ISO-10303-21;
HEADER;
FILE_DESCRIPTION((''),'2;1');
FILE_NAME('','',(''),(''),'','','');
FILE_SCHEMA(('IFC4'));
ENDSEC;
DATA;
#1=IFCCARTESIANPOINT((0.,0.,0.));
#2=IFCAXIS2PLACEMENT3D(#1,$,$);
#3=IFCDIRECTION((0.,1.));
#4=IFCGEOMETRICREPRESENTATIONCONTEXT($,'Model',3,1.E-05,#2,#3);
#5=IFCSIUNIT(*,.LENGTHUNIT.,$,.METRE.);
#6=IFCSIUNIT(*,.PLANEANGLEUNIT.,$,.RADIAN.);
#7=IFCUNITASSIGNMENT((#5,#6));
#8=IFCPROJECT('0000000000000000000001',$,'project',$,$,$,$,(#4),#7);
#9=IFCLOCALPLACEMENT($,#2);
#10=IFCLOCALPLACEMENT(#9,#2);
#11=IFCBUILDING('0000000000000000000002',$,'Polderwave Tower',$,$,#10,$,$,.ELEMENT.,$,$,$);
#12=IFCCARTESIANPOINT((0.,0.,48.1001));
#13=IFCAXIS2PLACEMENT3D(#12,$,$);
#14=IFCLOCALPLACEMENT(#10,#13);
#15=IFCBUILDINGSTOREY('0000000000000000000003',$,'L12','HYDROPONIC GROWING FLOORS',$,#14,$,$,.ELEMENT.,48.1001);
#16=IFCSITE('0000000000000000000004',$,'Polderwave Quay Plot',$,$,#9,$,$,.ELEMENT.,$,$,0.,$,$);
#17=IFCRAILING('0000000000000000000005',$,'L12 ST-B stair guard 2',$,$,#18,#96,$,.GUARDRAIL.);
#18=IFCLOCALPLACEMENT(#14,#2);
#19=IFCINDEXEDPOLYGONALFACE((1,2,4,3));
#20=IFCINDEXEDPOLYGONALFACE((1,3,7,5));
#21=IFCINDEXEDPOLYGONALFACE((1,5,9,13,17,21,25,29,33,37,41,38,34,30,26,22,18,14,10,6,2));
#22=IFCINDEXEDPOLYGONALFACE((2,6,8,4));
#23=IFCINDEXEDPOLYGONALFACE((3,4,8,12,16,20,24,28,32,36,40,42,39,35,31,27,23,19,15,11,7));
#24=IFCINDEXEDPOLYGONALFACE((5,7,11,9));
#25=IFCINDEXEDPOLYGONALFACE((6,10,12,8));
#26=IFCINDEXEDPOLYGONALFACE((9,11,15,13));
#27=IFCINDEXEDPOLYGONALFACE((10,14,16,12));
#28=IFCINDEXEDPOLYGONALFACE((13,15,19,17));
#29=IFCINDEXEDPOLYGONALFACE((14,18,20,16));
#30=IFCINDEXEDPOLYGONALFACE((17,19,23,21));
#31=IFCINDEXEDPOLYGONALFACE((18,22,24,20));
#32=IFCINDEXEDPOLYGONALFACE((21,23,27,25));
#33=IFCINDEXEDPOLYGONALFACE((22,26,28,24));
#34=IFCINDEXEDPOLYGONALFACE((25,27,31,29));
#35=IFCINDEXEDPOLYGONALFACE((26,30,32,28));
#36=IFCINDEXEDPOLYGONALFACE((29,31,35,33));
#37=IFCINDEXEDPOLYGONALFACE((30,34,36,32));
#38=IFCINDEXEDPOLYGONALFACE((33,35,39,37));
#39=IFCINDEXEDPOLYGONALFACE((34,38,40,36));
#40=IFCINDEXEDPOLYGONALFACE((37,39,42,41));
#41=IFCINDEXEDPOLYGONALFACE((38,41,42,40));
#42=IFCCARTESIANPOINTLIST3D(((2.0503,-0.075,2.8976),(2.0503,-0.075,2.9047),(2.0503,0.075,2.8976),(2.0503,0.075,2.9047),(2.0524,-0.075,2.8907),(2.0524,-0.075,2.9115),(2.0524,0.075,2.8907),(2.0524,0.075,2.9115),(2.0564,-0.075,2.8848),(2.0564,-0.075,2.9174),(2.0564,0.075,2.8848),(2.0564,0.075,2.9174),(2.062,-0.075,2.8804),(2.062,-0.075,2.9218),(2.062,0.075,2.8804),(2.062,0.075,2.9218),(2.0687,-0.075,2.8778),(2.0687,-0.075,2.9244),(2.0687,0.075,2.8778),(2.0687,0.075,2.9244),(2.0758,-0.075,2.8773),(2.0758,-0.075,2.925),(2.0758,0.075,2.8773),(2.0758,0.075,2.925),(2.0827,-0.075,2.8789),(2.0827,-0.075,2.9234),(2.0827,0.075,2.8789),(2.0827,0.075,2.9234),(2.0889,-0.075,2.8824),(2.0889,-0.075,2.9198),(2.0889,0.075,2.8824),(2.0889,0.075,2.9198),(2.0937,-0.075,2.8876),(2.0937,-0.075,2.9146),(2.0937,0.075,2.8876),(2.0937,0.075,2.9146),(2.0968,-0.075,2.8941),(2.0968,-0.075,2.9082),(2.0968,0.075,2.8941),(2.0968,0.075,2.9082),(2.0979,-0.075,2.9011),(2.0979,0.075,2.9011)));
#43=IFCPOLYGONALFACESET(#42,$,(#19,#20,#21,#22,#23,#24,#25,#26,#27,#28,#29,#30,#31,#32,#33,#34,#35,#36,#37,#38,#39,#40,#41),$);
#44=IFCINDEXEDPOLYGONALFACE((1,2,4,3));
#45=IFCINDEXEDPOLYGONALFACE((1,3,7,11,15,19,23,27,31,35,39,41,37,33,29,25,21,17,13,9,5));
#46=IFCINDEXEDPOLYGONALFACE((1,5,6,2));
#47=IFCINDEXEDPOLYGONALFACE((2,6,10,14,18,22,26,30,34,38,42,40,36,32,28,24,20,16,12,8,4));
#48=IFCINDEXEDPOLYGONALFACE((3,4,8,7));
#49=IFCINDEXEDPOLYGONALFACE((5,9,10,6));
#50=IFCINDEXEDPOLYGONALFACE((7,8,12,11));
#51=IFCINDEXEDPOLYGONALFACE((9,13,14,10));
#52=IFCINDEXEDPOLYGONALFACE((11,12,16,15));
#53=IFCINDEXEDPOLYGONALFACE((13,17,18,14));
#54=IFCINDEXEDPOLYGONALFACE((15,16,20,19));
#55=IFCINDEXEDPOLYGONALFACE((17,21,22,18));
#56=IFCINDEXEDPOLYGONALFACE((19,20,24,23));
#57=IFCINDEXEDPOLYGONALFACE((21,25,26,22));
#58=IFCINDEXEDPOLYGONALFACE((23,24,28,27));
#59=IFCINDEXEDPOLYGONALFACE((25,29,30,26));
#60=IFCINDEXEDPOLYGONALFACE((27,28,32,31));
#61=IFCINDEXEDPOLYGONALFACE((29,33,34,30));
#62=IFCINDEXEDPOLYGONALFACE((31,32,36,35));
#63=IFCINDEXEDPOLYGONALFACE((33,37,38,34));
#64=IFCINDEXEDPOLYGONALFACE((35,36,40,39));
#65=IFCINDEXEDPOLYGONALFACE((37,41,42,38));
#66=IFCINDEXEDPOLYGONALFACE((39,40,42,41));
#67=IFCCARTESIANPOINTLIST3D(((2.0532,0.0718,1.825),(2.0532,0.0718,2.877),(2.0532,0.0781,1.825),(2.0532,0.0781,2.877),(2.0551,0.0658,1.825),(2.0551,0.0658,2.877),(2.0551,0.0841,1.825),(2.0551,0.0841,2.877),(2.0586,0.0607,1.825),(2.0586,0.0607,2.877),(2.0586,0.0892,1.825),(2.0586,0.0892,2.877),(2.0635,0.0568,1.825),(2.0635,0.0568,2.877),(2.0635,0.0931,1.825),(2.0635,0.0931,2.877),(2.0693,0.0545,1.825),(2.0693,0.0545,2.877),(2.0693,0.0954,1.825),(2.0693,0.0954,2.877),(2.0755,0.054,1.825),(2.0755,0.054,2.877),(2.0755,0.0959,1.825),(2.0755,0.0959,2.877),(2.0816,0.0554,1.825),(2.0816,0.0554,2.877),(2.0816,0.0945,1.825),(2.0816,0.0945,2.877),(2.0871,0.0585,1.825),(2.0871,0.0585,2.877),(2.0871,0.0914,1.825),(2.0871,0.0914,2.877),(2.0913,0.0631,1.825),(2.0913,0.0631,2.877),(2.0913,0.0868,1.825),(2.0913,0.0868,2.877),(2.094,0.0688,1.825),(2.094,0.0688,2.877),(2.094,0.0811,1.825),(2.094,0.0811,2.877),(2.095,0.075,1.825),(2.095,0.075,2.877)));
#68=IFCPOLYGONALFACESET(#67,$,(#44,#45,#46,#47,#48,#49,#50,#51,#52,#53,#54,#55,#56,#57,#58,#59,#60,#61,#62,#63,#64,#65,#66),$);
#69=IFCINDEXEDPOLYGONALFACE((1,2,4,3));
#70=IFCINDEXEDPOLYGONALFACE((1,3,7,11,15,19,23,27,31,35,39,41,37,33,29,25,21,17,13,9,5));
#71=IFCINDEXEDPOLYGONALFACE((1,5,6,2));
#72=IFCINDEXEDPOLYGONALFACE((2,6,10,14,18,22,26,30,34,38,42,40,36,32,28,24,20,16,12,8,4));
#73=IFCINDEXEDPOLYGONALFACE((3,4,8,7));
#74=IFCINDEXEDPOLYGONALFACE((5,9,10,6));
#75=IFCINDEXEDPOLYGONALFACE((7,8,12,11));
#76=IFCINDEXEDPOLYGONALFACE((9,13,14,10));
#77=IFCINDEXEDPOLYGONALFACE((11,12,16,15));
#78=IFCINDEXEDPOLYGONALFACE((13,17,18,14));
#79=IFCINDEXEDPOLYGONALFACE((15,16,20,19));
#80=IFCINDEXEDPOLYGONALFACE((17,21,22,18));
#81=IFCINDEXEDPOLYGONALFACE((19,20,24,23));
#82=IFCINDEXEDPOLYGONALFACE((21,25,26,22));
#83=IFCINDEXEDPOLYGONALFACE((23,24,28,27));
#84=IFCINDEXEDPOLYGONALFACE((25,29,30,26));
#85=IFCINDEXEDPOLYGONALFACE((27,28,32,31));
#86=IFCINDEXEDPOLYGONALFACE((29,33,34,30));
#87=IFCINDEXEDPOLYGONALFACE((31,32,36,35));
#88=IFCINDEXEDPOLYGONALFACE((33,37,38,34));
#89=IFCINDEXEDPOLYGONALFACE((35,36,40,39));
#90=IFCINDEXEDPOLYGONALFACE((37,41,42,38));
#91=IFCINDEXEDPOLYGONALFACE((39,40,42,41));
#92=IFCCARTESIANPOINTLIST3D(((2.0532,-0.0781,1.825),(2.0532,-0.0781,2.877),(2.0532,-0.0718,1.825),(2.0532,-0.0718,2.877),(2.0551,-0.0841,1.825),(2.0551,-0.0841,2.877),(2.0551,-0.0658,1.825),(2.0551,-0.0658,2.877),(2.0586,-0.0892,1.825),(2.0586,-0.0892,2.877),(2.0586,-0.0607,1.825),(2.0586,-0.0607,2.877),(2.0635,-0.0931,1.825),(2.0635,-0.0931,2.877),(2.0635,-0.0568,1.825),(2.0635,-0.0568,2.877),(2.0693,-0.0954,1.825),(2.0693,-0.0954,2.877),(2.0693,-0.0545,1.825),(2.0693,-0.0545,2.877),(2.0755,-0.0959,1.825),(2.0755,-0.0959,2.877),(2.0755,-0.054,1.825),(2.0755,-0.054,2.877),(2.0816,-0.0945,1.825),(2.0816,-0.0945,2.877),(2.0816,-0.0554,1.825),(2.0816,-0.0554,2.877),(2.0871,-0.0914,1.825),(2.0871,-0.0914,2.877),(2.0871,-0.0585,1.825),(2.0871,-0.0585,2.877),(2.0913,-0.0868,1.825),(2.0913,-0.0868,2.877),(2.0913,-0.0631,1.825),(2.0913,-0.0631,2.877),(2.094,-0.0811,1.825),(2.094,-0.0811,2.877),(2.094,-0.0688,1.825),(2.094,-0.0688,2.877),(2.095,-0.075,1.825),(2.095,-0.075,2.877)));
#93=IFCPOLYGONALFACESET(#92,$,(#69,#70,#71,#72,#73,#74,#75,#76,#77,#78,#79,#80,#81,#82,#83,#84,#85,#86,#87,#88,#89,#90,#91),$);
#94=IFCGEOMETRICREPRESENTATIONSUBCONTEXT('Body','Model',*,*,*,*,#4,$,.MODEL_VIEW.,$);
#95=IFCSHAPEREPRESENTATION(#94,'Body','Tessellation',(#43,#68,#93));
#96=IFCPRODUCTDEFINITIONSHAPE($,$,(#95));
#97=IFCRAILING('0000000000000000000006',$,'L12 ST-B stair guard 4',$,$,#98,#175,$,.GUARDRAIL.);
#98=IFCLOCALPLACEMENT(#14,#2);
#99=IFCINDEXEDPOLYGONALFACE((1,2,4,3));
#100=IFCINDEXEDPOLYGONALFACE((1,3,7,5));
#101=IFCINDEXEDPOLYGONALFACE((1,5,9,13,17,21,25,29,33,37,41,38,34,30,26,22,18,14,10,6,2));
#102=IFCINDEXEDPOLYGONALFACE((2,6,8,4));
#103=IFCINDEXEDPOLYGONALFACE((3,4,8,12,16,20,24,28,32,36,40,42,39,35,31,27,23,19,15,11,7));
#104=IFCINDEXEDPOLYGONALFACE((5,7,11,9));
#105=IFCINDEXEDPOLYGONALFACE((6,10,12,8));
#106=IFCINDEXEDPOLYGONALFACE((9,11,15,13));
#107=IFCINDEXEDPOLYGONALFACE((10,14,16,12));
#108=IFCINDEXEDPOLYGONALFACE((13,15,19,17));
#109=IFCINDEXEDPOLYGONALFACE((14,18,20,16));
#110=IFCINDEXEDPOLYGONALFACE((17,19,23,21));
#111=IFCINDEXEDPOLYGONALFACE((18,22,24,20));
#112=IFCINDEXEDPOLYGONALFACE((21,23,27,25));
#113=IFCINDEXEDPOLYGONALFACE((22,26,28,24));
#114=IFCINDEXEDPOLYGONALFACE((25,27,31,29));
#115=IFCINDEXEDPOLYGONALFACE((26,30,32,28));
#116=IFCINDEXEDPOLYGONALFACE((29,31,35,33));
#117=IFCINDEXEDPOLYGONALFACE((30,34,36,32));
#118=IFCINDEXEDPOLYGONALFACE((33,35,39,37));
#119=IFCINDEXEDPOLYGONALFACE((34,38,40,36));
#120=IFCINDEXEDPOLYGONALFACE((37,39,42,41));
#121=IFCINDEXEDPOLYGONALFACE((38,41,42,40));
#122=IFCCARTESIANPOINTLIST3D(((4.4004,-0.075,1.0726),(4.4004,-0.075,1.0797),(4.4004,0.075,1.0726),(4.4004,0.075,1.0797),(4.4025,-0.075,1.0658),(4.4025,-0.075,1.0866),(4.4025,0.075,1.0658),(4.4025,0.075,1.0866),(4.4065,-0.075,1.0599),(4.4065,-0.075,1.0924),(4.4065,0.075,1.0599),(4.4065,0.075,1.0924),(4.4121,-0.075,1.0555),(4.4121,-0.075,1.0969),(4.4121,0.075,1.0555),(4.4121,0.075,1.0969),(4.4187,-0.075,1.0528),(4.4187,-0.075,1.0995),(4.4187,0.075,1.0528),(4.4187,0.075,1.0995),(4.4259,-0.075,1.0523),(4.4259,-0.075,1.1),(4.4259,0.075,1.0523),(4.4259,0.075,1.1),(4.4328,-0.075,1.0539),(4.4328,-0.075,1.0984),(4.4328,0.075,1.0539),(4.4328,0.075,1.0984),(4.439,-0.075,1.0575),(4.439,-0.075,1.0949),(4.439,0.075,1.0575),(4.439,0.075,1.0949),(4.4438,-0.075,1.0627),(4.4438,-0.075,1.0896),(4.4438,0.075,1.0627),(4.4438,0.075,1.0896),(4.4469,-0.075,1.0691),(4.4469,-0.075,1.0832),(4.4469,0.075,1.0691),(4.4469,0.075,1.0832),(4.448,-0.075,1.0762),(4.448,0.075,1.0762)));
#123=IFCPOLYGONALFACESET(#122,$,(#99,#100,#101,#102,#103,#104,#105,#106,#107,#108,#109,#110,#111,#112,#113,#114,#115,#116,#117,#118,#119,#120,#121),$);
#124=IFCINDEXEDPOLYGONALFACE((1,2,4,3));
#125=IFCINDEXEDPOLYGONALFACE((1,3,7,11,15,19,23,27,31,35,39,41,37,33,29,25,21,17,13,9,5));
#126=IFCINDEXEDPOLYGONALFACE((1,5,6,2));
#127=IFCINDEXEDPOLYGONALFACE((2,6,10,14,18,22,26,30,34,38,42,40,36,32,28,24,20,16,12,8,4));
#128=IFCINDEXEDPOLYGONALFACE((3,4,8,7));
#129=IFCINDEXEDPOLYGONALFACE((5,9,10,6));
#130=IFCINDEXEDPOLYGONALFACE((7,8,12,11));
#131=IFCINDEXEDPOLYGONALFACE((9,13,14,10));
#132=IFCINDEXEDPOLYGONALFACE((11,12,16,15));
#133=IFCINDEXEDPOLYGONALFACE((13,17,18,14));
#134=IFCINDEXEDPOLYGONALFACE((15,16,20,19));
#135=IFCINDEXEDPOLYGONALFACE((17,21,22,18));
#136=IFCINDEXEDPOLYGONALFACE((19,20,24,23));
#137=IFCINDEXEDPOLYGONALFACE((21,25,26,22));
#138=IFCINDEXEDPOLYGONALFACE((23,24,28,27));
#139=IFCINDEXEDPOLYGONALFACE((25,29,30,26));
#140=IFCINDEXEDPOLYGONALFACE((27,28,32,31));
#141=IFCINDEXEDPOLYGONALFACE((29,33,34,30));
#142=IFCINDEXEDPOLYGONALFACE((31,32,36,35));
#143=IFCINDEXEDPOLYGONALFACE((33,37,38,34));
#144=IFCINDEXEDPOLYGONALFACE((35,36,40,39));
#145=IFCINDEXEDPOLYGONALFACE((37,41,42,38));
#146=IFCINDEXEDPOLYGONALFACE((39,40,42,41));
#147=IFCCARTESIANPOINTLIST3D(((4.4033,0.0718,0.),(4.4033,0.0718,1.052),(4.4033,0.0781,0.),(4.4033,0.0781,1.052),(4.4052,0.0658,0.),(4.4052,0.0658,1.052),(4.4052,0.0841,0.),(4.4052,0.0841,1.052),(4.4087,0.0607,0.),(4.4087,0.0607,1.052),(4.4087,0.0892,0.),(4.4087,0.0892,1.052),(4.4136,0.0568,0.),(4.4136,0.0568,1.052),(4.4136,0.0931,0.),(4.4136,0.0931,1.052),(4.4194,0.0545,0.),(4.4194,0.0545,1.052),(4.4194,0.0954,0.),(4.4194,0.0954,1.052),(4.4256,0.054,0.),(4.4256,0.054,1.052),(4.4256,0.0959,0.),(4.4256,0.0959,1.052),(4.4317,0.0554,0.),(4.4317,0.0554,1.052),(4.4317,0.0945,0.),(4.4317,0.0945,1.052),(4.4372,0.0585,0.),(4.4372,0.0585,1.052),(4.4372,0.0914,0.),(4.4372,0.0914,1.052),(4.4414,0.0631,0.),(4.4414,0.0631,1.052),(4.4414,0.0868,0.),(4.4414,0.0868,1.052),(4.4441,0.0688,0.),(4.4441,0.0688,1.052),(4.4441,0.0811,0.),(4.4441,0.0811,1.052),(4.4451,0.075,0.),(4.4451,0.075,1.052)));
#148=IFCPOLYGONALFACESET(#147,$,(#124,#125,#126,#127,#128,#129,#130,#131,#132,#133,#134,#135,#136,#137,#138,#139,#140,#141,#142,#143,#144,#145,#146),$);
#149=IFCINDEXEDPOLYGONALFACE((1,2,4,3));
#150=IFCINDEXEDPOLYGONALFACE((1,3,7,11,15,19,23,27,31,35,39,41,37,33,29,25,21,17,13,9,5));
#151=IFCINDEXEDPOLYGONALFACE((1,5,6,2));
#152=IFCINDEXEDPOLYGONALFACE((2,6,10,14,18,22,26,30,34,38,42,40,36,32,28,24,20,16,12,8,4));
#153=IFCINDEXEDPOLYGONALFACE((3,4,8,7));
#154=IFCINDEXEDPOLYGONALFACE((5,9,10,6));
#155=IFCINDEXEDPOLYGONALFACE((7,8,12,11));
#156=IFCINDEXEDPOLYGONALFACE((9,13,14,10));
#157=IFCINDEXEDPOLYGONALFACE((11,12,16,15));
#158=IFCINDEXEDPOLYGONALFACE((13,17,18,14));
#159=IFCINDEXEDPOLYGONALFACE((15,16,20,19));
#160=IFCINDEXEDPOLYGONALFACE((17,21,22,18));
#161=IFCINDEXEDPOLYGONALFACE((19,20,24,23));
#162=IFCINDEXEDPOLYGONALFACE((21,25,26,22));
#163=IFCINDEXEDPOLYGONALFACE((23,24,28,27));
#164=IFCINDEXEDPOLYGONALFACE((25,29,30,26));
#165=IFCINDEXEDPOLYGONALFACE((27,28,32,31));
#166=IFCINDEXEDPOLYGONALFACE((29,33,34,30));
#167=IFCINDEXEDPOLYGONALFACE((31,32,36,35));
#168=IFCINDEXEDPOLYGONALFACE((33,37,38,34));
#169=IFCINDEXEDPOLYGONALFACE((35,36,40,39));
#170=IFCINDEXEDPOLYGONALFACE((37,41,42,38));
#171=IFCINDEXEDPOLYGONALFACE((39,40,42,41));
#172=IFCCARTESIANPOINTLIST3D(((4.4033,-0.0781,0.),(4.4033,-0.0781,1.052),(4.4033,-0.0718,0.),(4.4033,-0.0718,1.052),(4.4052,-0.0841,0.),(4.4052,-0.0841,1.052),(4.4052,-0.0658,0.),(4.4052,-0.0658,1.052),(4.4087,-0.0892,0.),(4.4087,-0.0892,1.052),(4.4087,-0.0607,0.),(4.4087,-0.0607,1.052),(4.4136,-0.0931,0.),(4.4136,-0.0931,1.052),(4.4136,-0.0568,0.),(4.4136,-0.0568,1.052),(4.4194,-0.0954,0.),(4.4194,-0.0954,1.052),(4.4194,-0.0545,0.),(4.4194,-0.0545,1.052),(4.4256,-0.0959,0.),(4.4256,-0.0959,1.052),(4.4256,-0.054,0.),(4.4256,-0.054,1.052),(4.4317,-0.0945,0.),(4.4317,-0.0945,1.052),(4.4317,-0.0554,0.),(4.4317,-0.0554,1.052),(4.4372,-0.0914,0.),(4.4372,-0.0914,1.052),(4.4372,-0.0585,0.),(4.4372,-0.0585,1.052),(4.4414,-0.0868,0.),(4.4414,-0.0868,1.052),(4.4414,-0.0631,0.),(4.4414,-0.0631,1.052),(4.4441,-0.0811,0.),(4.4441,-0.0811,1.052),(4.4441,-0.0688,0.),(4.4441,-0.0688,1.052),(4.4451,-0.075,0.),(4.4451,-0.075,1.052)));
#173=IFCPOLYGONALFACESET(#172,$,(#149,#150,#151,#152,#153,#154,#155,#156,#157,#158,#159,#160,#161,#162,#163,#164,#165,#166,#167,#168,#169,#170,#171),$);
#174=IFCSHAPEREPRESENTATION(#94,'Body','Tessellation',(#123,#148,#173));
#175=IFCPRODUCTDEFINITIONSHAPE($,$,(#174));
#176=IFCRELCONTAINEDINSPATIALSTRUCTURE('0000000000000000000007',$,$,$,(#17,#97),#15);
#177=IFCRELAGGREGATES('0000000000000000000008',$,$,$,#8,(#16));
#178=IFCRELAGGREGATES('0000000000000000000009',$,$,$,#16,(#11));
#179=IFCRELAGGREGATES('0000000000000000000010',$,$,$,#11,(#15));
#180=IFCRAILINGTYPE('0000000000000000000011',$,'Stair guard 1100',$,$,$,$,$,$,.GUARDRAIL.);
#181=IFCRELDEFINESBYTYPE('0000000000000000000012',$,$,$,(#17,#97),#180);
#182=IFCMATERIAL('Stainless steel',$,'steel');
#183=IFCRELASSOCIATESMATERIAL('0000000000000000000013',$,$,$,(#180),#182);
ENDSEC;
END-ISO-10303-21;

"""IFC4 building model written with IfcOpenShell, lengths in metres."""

from ifc_helpers import new_model, si_unit, direction, frame, origin, origin_2d, place, context, subcontext, project, spatial, circle, extrude, material, type_object, element, save


model = new_model("IFC4")

# Units and contexts
model_context = context("Model", 3, precision=1e-05, world=origin(), true_north=direction((0.0, 1.0)))
body_context = subcontext(model_context, "Body", "Model", "MODEL_VIEW")
ifc_project = project(units=[si_unit("LENGTHUNIT", "METRE"), si_unit("PLANEANGLEUNIT", "RADIAN")], contexts=[model_context])

# Site, building, storey
site_placement = place(None, origin())
site = spatial("IfcSite", under=ifc_project, at=site_placement, Name="Polderwave Quay Plot", CompositionType="ELEMENT", RefElevation=0.0)
building_placement = place(site_placement, origin())
building = spatial("IfcBuilding", under=site, at=building_placement, Name="Polderwave Tower", CompositionType="ELEMENT")
storey_placement = place(building_placement, frame((0.0, 0.0, 48.1001)))
storey = spatial("IfcBuildingStorey", under=building, at=storey_placement, Name="L12", Description="HYDROPONIC GROWING FLOORS", CompositionType="ELEMENT", Elevation=48.1001)

# Railings
ifc_material_1 = material(Name="Stainless steel", Category="steel")
railing_type_1 = type_object("IfcRailingType", Name="Stair guard 1100", PredefinedType="GUARDRAIL", material=ifc_material_1)
for number, where, name in (
    (1, (2.074, 0.075, 1.825), "L12 ST-B stair guard 2"),
    (2, (4.4241, 0.075, 0.0), "L12 ST-B stair guard 4"),
):
    element("IfcRailing", number, at=place(storey_placement, frame(where)), inside=storey, type_object=railing_type_1, Name=name, PredefinedType="GUARDRAIL", context=body_context, shape_type="SweptSolid", body=[
        extrude(circle(Radius=0.0239, at=origin_2d()), frame((0.0, 0.0, 1.0762), z_axis=(0.0, -1.0, 0.0), x_axis=(1.0, 0.0, 0.0)), (0.0, 0.0, 1.0), 0.1499),
        extrude(circle(Radius=0.021, at=origin_2d()), origin(), (0.0, 0.0, 1.0), 1.052),
        extrude(circle(Radius=0.021, at=origin_2d()), frame((0.0, -0.1499, 0.0)), (0.0, 0.0, 1.0), 1.052),
    ])

save(model, "model.ifc")
